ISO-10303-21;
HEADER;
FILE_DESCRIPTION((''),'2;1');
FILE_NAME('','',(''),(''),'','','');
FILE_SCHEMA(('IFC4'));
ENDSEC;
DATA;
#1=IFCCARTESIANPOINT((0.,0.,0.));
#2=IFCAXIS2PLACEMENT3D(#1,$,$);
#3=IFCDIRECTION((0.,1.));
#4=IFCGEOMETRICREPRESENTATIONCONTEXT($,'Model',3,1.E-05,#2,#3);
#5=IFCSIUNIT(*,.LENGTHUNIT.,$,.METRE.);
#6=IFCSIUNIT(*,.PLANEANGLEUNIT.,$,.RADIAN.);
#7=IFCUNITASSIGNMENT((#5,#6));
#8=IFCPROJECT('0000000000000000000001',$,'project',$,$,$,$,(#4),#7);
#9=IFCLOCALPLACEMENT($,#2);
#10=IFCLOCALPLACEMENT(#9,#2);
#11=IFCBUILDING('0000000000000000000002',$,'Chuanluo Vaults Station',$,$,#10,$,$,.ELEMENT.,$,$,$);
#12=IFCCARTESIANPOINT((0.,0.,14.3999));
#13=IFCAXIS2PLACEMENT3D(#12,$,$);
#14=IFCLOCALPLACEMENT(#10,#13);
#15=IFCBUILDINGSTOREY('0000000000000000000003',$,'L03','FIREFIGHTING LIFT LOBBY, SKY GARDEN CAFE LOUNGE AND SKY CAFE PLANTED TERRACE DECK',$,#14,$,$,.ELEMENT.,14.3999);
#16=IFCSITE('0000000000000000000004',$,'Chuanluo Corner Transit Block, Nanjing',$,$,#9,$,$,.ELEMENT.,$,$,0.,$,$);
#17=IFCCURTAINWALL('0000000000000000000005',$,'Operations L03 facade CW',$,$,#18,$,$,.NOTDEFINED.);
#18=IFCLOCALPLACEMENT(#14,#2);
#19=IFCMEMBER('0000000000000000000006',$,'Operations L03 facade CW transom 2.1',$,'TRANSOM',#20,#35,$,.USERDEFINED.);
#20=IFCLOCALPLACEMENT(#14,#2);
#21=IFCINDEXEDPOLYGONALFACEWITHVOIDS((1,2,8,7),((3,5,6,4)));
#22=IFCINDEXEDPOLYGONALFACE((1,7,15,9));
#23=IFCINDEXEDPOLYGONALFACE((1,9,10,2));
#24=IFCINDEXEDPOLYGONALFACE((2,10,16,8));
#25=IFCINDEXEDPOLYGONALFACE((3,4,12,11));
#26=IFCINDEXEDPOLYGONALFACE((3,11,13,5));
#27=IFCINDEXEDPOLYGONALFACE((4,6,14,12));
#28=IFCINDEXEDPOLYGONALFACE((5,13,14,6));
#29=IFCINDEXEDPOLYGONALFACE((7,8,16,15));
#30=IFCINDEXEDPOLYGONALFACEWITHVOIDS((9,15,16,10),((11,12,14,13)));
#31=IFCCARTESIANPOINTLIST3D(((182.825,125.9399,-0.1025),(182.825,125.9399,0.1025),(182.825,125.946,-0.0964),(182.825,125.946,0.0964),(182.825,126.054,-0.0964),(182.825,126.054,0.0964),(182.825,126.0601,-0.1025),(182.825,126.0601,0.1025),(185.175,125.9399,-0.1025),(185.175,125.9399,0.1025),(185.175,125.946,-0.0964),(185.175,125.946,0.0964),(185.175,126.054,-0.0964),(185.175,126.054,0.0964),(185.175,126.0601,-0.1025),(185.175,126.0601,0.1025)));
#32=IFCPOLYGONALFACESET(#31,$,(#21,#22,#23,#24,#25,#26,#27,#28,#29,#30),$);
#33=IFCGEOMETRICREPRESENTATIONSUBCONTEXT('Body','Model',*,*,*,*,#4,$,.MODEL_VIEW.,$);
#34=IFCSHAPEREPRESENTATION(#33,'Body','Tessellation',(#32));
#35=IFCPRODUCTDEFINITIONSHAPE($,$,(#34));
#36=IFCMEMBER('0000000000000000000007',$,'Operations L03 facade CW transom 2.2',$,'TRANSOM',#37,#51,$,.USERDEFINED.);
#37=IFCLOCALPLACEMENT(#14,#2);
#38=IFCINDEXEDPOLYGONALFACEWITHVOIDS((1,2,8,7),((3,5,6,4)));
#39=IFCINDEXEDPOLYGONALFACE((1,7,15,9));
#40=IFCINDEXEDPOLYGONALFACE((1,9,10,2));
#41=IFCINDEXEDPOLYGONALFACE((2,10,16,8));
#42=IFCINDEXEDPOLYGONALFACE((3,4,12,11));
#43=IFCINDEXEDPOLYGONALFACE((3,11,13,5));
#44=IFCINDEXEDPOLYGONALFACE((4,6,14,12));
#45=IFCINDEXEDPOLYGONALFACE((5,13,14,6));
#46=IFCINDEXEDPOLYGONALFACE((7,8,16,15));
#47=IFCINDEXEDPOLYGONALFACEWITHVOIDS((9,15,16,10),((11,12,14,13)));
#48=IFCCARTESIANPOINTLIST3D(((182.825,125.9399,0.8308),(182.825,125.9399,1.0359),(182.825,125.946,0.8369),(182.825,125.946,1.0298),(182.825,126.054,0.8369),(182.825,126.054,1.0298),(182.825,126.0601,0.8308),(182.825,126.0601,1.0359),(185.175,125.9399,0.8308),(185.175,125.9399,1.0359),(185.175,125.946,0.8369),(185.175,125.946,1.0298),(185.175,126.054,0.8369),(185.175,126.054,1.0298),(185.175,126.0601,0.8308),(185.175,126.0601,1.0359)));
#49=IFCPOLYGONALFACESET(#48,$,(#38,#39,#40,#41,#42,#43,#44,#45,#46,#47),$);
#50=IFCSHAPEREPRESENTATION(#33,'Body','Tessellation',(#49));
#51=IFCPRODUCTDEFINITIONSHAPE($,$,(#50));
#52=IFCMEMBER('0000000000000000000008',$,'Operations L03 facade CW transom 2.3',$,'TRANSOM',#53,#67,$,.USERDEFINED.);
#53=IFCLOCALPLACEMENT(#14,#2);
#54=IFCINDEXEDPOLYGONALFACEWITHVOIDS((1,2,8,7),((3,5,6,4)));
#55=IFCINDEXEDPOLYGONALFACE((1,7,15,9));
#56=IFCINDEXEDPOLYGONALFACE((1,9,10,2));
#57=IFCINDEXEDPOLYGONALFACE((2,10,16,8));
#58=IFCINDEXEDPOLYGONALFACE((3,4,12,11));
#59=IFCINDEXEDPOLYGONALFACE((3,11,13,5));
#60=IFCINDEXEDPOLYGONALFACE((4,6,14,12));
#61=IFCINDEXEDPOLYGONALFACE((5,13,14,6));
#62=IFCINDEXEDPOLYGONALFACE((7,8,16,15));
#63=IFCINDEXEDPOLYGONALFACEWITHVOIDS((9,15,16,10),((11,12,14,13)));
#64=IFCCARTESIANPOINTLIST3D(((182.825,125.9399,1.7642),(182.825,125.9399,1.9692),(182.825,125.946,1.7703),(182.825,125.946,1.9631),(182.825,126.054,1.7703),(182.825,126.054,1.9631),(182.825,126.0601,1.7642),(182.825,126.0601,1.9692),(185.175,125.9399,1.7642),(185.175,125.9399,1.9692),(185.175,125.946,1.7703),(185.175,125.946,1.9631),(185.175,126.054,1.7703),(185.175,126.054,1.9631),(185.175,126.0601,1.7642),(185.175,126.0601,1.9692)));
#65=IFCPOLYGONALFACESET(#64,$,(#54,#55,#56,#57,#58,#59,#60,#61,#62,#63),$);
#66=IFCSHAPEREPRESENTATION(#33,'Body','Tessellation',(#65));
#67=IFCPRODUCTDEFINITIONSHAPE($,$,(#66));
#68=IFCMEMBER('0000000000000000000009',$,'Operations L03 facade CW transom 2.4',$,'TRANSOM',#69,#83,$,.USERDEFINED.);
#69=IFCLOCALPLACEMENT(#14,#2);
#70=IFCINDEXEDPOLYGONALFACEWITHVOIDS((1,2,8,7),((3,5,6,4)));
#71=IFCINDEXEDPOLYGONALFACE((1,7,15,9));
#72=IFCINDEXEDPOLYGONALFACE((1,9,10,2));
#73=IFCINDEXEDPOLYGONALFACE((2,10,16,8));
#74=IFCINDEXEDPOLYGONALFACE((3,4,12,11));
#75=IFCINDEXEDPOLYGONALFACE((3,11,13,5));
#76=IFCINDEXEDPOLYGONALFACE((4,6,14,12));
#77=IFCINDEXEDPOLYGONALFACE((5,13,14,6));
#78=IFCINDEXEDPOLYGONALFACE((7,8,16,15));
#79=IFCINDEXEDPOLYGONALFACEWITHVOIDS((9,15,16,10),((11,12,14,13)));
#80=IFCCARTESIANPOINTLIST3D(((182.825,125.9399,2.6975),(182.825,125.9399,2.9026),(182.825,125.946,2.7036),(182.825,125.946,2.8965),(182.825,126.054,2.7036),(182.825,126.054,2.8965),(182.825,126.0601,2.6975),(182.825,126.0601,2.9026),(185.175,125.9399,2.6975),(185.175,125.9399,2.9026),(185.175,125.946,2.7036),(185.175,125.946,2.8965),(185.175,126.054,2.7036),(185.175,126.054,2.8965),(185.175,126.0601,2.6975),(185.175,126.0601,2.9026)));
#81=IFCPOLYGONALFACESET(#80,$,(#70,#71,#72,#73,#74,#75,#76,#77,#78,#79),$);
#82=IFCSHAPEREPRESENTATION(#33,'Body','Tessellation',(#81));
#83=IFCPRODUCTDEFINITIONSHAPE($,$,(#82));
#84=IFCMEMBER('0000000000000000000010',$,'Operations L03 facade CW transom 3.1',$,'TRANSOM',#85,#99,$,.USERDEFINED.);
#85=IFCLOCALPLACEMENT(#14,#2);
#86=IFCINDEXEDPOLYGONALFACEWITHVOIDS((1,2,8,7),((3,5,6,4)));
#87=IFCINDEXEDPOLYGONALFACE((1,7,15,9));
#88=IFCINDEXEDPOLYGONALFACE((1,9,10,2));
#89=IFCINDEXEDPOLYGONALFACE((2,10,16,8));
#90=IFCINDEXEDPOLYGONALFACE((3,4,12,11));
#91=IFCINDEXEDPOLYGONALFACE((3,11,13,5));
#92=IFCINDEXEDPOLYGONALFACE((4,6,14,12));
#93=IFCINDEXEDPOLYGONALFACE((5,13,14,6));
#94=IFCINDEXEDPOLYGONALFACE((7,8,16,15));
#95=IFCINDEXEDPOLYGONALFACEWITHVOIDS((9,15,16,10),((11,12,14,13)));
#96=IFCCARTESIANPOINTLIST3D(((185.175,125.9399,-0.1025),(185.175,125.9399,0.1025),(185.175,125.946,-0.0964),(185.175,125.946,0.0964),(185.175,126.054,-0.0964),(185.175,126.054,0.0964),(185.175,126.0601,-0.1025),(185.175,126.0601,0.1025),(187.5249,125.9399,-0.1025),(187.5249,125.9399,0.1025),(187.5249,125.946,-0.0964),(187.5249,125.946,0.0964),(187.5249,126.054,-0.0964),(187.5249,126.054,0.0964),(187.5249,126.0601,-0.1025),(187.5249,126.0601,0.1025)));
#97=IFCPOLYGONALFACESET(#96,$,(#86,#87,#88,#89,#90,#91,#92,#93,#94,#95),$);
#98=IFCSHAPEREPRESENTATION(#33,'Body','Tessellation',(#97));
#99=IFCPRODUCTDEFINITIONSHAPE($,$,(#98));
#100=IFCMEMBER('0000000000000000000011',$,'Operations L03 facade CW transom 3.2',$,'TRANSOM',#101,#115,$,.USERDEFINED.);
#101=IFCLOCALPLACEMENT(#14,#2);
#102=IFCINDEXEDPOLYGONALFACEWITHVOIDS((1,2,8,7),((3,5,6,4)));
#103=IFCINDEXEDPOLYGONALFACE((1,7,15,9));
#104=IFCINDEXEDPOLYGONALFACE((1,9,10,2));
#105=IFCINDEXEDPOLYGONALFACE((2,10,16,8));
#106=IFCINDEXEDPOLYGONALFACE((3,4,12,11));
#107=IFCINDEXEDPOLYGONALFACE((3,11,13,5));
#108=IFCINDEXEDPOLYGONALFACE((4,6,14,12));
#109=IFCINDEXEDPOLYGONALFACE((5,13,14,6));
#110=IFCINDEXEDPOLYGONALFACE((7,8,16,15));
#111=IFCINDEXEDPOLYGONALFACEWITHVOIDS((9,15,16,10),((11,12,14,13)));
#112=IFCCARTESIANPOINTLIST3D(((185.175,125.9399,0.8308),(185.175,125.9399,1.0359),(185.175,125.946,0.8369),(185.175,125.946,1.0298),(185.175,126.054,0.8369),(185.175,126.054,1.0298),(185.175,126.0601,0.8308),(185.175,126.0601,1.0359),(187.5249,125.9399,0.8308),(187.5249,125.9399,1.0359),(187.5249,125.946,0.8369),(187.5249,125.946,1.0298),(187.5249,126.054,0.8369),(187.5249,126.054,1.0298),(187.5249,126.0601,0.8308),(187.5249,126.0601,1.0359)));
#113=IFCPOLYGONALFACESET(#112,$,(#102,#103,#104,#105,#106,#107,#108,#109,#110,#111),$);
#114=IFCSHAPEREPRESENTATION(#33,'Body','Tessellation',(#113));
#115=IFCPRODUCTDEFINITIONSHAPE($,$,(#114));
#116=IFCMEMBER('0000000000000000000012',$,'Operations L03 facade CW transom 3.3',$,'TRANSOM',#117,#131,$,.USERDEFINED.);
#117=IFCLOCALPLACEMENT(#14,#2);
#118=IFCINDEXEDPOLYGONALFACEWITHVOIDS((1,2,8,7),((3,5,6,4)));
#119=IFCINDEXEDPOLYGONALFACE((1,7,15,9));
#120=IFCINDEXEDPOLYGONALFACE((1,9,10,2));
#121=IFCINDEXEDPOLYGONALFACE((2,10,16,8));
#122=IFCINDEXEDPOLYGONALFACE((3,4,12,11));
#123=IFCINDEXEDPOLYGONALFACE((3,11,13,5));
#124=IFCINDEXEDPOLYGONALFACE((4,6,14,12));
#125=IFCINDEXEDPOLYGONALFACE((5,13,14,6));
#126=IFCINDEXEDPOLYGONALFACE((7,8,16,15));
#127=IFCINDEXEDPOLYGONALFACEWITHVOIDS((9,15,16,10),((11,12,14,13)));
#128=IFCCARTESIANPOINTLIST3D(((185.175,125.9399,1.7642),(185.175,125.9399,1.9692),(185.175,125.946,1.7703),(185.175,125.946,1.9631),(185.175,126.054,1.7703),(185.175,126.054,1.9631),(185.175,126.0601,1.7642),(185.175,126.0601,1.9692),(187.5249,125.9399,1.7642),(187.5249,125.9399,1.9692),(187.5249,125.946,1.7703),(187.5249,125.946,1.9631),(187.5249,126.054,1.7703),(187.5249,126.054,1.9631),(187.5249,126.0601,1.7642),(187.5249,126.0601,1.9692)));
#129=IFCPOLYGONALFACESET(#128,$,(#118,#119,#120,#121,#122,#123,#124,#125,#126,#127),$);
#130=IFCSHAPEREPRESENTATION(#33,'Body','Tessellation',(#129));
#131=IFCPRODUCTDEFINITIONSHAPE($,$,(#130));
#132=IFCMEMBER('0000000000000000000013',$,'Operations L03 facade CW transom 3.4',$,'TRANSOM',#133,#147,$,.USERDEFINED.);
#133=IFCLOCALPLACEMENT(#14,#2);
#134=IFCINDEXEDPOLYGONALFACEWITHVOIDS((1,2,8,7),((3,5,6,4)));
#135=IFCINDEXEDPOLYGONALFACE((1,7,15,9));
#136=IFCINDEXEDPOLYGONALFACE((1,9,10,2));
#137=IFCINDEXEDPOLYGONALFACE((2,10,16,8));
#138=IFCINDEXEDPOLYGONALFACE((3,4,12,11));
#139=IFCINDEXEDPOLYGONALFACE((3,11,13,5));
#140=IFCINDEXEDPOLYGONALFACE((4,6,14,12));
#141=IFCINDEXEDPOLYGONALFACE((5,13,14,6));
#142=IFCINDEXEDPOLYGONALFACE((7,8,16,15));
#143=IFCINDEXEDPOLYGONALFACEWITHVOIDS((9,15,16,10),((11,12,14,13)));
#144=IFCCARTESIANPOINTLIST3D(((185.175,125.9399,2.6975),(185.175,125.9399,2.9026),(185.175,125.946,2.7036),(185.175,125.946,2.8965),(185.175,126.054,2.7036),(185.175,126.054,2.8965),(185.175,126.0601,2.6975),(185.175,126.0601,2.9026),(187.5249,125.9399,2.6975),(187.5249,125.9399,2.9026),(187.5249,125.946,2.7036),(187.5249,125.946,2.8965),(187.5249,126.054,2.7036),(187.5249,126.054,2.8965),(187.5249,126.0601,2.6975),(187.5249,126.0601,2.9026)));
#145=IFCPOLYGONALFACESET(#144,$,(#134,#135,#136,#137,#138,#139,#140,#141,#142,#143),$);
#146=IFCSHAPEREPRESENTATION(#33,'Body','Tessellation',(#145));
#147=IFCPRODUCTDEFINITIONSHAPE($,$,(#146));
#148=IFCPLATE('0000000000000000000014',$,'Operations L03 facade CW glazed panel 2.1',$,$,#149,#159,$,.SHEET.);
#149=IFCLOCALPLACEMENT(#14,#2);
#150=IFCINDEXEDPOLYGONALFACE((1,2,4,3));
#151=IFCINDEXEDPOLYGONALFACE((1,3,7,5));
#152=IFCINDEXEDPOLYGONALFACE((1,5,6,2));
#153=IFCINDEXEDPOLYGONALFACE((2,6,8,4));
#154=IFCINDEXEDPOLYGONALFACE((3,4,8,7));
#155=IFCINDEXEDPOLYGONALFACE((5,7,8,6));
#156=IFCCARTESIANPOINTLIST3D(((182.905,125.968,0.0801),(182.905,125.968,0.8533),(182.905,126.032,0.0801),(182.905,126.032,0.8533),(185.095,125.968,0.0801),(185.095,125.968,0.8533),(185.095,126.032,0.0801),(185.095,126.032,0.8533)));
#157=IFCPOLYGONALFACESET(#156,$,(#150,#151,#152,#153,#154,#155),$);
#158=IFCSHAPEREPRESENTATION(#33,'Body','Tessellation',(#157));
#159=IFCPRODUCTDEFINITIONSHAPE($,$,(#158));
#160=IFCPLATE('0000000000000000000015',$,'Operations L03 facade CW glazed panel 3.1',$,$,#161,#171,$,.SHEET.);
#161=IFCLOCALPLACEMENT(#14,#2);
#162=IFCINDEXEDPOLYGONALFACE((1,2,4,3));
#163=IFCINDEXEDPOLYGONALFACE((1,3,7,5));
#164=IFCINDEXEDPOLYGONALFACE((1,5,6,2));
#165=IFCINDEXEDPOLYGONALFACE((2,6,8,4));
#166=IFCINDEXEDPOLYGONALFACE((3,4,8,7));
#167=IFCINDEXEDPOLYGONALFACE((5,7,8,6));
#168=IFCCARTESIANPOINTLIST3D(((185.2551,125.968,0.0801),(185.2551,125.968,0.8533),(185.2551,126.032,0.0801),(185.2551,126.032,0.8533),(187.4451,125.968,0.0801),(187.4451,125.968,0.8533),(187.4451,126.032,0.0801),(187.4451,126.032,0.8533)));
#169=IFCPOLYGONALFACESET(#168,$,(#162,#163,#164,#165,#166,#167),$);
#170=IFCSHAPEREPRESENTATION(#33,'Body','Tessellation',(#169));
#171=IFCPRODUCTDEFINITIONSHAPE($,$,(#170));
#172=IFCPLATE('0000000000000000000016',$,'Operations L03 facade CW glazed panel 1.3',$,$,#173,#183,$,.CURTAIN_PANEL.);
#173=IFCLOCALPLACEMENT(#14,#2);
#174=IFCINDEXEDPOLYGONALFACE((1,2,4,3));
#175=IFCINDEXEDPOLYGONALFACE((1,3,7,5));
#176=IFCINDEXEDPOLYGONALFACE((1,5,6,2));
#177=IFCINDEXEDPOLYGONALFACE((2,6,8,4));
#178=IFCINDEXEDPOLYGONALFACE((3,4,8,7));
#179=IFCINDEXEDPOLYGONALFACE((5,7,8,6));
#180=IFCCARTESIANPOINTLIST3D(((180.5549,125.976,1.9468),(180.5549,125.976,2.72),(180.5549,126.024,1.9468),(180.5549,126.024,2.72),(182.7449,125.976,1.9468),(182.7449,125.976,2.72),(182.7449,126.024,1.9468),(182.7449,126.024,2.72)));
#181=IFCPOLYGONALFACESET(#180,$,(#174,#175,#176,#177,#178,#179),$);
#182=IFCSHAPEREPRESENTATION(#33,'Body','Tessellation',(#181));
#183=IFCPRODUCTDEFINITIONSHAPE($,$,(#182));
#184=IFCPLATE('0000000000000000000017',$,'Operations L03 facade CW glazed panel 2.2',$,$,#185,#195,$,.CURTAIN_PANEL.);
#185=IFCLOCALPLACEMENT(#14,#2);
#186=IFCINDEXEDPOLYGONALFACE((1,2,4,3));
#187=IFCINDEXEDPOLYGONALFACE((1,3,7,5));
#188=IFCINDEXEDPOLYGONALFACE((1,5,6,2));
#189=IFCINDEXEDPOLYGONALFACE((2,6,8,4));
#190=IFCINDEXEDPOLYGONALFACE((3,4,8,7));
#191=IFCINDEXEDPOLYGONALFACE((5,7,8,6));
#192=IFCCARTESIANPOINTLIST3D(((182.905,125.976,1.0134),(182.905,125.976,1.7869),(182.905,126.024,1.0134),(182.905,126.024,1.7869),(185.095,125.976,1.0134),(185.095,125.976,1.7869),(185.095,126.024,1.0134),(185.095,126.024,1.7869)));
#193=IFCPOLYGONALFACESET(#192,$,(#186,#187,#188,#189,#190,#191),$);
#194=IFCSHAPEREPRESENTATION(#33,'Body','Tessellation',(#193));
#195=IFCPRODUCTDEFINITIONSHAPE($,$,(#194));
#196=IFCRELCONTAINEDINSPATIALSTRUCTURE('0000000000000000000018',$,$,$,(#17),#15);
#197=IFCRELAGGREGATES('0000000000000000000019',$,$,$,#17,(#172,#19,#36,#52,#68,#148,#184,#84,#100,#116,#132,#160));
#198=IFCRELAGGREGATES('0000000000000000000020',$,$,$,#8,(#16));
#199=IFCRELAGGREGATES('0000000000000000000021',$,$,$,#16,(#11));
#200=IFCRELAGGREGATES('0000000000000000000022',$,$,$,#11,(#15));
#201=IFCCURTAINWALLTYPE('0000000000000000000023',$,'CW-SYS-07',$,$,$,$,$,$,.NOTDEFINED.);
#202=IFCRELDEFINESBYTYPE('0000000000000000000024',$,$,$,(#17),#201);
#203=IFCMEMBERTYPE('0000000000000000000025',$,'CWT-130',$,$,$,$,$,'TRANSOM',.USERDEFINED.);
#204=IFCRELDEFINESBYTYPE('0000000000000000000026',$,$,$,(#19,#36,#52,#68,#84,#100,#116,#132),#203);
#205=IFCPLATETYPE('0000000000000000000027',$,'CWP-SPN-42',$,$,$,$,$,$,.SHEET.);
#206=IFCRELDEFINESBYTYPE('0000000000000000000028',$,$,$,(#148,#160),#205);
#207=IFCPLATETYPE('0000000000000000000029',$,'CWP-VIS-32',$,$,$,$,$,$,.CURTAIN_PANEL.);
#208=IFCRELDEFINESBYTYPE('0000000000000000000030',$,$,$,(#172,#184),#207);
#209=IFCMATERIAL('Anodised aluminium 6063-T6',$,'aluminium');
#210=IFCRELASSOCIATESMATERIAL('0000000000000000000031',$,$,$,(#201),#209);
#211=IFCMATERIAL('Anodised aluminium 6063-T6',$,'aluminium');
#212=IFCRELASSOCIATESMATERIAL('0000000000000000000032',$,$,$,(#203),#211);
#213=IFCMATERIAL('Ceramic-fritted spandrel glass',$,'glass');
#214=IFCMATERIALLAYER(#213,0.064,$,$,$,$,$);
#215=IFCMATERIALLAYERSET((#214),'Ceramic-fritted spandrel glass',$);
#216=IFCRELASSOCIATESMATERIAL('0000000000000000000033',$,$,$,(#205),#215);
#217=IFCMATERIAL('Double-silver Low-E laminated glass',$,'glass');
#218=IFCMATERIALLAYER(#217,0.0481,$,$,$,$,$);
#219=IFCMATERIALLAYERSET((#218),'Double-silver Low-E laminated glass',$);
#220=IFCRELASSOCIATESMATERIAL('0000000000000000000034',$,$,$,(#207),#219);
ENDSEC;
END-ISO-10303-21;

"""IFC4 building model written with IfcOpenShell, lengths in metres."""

from ifc_helpers import new_model, si_unit, direction, frame, origin, origin_2d, place, context, subcontext, project, spatial, rectangle, hollow_rectangle, extrude, material, layer, layer_set, material_profile, profile_set, type_object, element, aggregate, save


model = new_model("IFC4")

# Units and contexts
model_context = context("Model", 3, precision=1e-05, world=origin(), true_north=direction((0.0, 1.0)))
body_context = subcontext(model_context, "Body", "Model", "MODEL_VIEW")
ifc_project = project(units=[si_unit("LENGTHUNIT", "METRE"), si_unit("PLANEANGLEUNIT", "RADIAN")], contexts=[model_context])

# Site, building, storey
site_placement = place(None, origin())
site = spatial("IfcSite", under=ifc_project, at=site_placement, Name="Chuanluo Corner Transit Block, Nanjing", CompositionType="ELEMENT", RefElevation=0.0)
building_placement = place(site_placement, origin())
building = spatial("IfcBuilding", under=site, at=building_placement, Name="Chuanluo Vaults Station", CompositionType="ELEMENT")
storey_placement = place(building_placement, frame((0.0, 0.0, 14.3999)))
storey = spatial("IfcBuildingStorey", under=building, at=storey_placement, Name="L03", Description="FIREFIGHTING LIFT LOBBY, SKY GARDEN CAFE LOUNGE AND SKY CAFE PLANTED TERRACE DECK", CompositionType="ELEMENT", Elevation=14.3999)

# Curtain wall, members, plates
ifc_material_1 = material(Name="Anodised aluminium 6063-T6", Category="aluminium")
curtain_wall_type = type_object("IfcCurtainWallType", Name="CW-SYS-07", PredefinedType="NOTDEFINED", material=ifc_material_1)
curtain_wall_placement = place(storey_placement, origin())
curtain_wall = element("IfcCurtainWall", 1, at=curtain_wall_placement, inside=storey, type_object=curtain_wall_type, Name="Operations L03 facade CW", PredefinedType="NOTDEFINED")
ifc_material_2 = material(Name="Anodised aluminium 6063-T6", Category="aluminium")
ifc_material_profile_1 = material_profile(ifc_material_2, hollow_rectangle(XDim=0.1201, YDim=0.2051, WallThickness=0.0061, at=origin_2d()))
ifc_profile_set_1 = profile_set([ifc_material_profile_1], Name="Anodised aluminium 6063-T6")
member_type_1 = type_object("IfcMemberType", Name="CWT-130", ElementType="TRANSOM", PredefinedType="USERDEFINED", material=ifc_profile_set_1)
member_1_placement = place(storey_placement, frame((182.825, 126.0, 0.0), z_axis=(1.0, 0.0, 0.0), x_axis=(0.0, 1.0, 0.0)))
member_1 = element("IfcMember", 2, at=member_1_placement, type_object=member_type_1, Name="Operations L03 facade CW transom 2.1", ObjectType="TRANSOM", PredefinedType="USERDEFINED", context=body_context, shape_type="SweptSolid", body=[
    extrude(hollow_rectangle(XDim=0.1201, YDim=0.2051, WallThickness=0.0061, at=origin_2d()), origin(), (0.0, 0.0, 1.0), 2.3501),
])
member_2_placement = place(storey_placement, frame((182.825, 126.0, 0.9333), z_axis=(1.0, 0.0, 0.0), x_axis=(0.0, 1.0, 0.0)))
member_2 = element("IfcMember", 3, at=member_2_placement, type_object=member_type_1, Name="Operations L03 facade CW transom 2.2", ObjectType="TRANSOM", PredefinedType="USERDEFINED", context=body_context, shape_type="SweptSolid", body=[
    extrude(hollow_rectangle(XDim=0.1201, YDim=0.2051, WallThickness=0.0061, at=origin_2d()), origin(), (0.0, 0.0, 1.0), 2.3501),
])
member_3_placement = place(storey_placement, frame((182.825, 126.0, 1.8667), z_axis=(1.0, 0.0, 0.0), x_axis=(0.0, 1.0, 0.0)))
member_3 = element("IfcMember", 4, at=member_3_placement, type_object=member_type_1, Name="Operations L03 facade CW transom 2.3", ObjectType="TRANSOM", PredefinedType="USERDEFINED", context=body_context, shape_type="SweptSolid", body=[
    extrude(hollow_rectangle(XDim=0.1201, YDim=0.2051, WallThickness=0.0061, at=origin_2d()), origin(), (0.0, 0.0, 1.0), 2.3501),
])
member_4_placement = place(storey_placement, frame((182.825, 126.0, 2.8), z_axis=(1.0, 0.0, 0.0), x_axis=(0.0, 1.0, 0.0)))
member_4 = element("IfcMember", 5, at=member_4_placement, type_object=member_type_1, Name="Operations L03 facade CW transom 2.4", ObjectType="TRANSOM", PredefinedType="USERDEFINED", context=body_context, shape_type="SweptSolid", body=[
    extrude(hollow_rectangle(XDim=0.1201, YDim=0.2051, WallThickness=0.0061, at=origin_2d()), origin(), (0.0, 0.0, 1.0), 2.3501),
])
member_5_placement = place(storey_placement, frame((185.175, 126.0, 0.0), z_axis=(1.0, 0.0, 0.0), x_axis=(0.0, 1.0, 0.0)))
member_5 = element("IfcMember", 6, at=member_5_placement, type_object=member_type_1, Name="Operations L03 facade CW transom 3.1", ObjectType="TRANSOM", PredefinedType="USERDEFINED", context=body_context, shape_type="SweptSolid", body=[
    extrude(hollow_rectangle(XDim=0.1201, YDim=0.2051, WallThickness=0.0061, at=origin_2d()), origin(), (0.0, 0.0, 1.0), 2.3499),
])
member_6_placement = place(storey_placement, frame((185.175, 126.0, 0.9333), z_axis=(1.0, 0.0, 0.0), x_axis=(0.0, 1.0, 0.0)))
member_6 = element("IfcMember", 7, at=member_6_placement, type_object=member_type_1, Name="Operations L03 facade CW transom 3.2", ObjectType="TRANSOM", PredefinedType="USERDEFINED", context=body_context, shape_type="SweptSolid", body=[
    extrude(hollow_rectangle(XDim=0.1201, YDim=0.2051, WallThickness=0.0061, at=origin_2d()), origin(), (0.0, 0.0, 1.0), 2.3499),
])
member_7_placement = place(storey_placement, frame((185.175, 126.0, 1.8667), z_axis=(1.0, 0.0, 0.0), x_axis=(0.0, 1.0, 0.0)))
member_7 = element("IfcMember", 8, at=member_7_placement, type_object=member_type_1, Name="Operations L03 facade CW transom 3.3", ObjectType="TRANSOM", PredefinedType="USERDEFINED", context=body_context, shape_type="SweptSolid", body=[
    extrude(hollow_rectangle(XDim=0.1201, YDim=0.2051, WallThickness=0.0061, at=origin_2d()), origin(), (0.0, 0.0, 1.0), 2.3499),
])
member_8_placement = place(storey_placement, frame((185.175, 126.0, 2.8), z_axis=(1.0, 0.0, 0.0), x_axis=(0.0, 1.0, 0.0)))
member_8 = element("IfcMember", 9, at=member_8_placement, type_object=member_type_1, Name="Operations L03 facade CW transom 3.4", ObjectType="TRANSOM", PredefinedType="USERDEFINED", context=body_context, shape_type="SweptSolid", body=[
    extrude(hollow_rectangle(XDim=0.1201, YDim=0.2051, WallThickness=0.0061, at=origin_2d()), origin(), (0.0, 0.0, 1.0), 2.3499),
])
ifc_material_3 = material(Name="Ceramic-fritted spandrel glass", Category="glass")
ifc_layer_1 = layer(ifc_material_3, 0.064)
ifc_layer_set_1 = layer_set([ifc_layer_1], Name="Ceramic-fritted spandrel glass")
plate_type_1 = type_object("IfcPlateType", Name="CWP-SPN-42", PredefinedType="SHEET", material=ifc_layer_set_1)
plate_1_placement = place(storey_placement, frame((184.0, 126.0, 0.0801), z_axis=(0.0, 0.0, 1.0), x_axis=(1.0, 0.0, 0.0)))
plate_1 = element("IfcPlate", 10, at=plate_1_placement, type_object=plate_type_1, Name="Operations L03 facade CW glazed panel 2.1", PredefinedType="SHEET", context=body_context, shape_type="SweptSolid", body=[
    extrude(rectangle(XDim=2.1899, YDim=0.064, at=origin_2d()), origin(), (0.0, 0.0, 1.0), 0.7732),
])
plate_2_placement = place(storey_placement, frame((186.3501, 126.0, 0.0801), z_axis=(0.0, 0.0, 1.0), x_axis=(1.0, 0.0, 0.0)))
plate_2 = element("IfcPlate", 11, at=plate_2_placement, type_object=plate_type_1, Name="Operations L03 facade CW glazed panel 3.1", PredefinedType="SHEET", context=body_context, shape_type="SweptSolid", body=[
    extrude(rectangle(XDim=2.1899, YDim=0.064, at=origin_2d()), origin(), (0.0, 0.0, 1.0), 0.7732),
])
ifc_material_4 = material(Name="Double-silver Low-E laminated glass", Category="glass")
ifc_layer_2 = layer(ifc_material_4, 0.0481)
ifc_layer_set_2 = layer_set([ifc_layer_2], Name="Double-silver Low-E laminated glass")
plate_type_2 = type_object("IfcPlateType", Name="CWP-VIS-32", PredefinedType="CURTAIN_PANEL", material=ifc_layer_set_2)
plate_3_placement = place(storey_placement, frame((181.6499, 126.0, 1.9468), z_axis=(0.0, 0.0, 1.0), x_axis=(1.0, 0.0, 0.0)))
plate_3 = element("IfcPlate", 12, at=plate_3_placement, type_object=plate_type_2, Name="Operations L03 facade CW glazed panel 1.3", PredefinedType="CURTAIN_PANEL", context=body_context, shape_type="SweptSolid", body=[
    extrude(rectangle(XDim=2.1899, YDim=0.0481, at=origin_2d()), origin(), (0.0, 0.0, 1.0), 0.7732),
])
plate_4_placement = place(storey_placement, frame((184.0, 126.0, 1.0134), z_axis=(0.0, 0.0, 1.0), x_axis=(1.0, 0.0, 0.0)))
plate_4 = element("IfcPlate", 13, at=plate_4_placement, type_object=plate_type_2, Name="Operations L03 facade CW glazed panel 2.2", PredefinedType="CURTAIN_PANEL", context=body_context, shape_type="SweptSolid", body=[
    extrude(rectangle(XDim=2.1899, YDim=0.0481, at=origin_2d()), origin(), (0.0, 0.0, 1.0), 0.7734),
])
aggregate(curtain_wall, [plate_3, member_1, member_2, member_3, member_4, plate_1, plate_4, member_5, member_6, member_7, member_8, plate_2])

save(model, "model.ifc")
